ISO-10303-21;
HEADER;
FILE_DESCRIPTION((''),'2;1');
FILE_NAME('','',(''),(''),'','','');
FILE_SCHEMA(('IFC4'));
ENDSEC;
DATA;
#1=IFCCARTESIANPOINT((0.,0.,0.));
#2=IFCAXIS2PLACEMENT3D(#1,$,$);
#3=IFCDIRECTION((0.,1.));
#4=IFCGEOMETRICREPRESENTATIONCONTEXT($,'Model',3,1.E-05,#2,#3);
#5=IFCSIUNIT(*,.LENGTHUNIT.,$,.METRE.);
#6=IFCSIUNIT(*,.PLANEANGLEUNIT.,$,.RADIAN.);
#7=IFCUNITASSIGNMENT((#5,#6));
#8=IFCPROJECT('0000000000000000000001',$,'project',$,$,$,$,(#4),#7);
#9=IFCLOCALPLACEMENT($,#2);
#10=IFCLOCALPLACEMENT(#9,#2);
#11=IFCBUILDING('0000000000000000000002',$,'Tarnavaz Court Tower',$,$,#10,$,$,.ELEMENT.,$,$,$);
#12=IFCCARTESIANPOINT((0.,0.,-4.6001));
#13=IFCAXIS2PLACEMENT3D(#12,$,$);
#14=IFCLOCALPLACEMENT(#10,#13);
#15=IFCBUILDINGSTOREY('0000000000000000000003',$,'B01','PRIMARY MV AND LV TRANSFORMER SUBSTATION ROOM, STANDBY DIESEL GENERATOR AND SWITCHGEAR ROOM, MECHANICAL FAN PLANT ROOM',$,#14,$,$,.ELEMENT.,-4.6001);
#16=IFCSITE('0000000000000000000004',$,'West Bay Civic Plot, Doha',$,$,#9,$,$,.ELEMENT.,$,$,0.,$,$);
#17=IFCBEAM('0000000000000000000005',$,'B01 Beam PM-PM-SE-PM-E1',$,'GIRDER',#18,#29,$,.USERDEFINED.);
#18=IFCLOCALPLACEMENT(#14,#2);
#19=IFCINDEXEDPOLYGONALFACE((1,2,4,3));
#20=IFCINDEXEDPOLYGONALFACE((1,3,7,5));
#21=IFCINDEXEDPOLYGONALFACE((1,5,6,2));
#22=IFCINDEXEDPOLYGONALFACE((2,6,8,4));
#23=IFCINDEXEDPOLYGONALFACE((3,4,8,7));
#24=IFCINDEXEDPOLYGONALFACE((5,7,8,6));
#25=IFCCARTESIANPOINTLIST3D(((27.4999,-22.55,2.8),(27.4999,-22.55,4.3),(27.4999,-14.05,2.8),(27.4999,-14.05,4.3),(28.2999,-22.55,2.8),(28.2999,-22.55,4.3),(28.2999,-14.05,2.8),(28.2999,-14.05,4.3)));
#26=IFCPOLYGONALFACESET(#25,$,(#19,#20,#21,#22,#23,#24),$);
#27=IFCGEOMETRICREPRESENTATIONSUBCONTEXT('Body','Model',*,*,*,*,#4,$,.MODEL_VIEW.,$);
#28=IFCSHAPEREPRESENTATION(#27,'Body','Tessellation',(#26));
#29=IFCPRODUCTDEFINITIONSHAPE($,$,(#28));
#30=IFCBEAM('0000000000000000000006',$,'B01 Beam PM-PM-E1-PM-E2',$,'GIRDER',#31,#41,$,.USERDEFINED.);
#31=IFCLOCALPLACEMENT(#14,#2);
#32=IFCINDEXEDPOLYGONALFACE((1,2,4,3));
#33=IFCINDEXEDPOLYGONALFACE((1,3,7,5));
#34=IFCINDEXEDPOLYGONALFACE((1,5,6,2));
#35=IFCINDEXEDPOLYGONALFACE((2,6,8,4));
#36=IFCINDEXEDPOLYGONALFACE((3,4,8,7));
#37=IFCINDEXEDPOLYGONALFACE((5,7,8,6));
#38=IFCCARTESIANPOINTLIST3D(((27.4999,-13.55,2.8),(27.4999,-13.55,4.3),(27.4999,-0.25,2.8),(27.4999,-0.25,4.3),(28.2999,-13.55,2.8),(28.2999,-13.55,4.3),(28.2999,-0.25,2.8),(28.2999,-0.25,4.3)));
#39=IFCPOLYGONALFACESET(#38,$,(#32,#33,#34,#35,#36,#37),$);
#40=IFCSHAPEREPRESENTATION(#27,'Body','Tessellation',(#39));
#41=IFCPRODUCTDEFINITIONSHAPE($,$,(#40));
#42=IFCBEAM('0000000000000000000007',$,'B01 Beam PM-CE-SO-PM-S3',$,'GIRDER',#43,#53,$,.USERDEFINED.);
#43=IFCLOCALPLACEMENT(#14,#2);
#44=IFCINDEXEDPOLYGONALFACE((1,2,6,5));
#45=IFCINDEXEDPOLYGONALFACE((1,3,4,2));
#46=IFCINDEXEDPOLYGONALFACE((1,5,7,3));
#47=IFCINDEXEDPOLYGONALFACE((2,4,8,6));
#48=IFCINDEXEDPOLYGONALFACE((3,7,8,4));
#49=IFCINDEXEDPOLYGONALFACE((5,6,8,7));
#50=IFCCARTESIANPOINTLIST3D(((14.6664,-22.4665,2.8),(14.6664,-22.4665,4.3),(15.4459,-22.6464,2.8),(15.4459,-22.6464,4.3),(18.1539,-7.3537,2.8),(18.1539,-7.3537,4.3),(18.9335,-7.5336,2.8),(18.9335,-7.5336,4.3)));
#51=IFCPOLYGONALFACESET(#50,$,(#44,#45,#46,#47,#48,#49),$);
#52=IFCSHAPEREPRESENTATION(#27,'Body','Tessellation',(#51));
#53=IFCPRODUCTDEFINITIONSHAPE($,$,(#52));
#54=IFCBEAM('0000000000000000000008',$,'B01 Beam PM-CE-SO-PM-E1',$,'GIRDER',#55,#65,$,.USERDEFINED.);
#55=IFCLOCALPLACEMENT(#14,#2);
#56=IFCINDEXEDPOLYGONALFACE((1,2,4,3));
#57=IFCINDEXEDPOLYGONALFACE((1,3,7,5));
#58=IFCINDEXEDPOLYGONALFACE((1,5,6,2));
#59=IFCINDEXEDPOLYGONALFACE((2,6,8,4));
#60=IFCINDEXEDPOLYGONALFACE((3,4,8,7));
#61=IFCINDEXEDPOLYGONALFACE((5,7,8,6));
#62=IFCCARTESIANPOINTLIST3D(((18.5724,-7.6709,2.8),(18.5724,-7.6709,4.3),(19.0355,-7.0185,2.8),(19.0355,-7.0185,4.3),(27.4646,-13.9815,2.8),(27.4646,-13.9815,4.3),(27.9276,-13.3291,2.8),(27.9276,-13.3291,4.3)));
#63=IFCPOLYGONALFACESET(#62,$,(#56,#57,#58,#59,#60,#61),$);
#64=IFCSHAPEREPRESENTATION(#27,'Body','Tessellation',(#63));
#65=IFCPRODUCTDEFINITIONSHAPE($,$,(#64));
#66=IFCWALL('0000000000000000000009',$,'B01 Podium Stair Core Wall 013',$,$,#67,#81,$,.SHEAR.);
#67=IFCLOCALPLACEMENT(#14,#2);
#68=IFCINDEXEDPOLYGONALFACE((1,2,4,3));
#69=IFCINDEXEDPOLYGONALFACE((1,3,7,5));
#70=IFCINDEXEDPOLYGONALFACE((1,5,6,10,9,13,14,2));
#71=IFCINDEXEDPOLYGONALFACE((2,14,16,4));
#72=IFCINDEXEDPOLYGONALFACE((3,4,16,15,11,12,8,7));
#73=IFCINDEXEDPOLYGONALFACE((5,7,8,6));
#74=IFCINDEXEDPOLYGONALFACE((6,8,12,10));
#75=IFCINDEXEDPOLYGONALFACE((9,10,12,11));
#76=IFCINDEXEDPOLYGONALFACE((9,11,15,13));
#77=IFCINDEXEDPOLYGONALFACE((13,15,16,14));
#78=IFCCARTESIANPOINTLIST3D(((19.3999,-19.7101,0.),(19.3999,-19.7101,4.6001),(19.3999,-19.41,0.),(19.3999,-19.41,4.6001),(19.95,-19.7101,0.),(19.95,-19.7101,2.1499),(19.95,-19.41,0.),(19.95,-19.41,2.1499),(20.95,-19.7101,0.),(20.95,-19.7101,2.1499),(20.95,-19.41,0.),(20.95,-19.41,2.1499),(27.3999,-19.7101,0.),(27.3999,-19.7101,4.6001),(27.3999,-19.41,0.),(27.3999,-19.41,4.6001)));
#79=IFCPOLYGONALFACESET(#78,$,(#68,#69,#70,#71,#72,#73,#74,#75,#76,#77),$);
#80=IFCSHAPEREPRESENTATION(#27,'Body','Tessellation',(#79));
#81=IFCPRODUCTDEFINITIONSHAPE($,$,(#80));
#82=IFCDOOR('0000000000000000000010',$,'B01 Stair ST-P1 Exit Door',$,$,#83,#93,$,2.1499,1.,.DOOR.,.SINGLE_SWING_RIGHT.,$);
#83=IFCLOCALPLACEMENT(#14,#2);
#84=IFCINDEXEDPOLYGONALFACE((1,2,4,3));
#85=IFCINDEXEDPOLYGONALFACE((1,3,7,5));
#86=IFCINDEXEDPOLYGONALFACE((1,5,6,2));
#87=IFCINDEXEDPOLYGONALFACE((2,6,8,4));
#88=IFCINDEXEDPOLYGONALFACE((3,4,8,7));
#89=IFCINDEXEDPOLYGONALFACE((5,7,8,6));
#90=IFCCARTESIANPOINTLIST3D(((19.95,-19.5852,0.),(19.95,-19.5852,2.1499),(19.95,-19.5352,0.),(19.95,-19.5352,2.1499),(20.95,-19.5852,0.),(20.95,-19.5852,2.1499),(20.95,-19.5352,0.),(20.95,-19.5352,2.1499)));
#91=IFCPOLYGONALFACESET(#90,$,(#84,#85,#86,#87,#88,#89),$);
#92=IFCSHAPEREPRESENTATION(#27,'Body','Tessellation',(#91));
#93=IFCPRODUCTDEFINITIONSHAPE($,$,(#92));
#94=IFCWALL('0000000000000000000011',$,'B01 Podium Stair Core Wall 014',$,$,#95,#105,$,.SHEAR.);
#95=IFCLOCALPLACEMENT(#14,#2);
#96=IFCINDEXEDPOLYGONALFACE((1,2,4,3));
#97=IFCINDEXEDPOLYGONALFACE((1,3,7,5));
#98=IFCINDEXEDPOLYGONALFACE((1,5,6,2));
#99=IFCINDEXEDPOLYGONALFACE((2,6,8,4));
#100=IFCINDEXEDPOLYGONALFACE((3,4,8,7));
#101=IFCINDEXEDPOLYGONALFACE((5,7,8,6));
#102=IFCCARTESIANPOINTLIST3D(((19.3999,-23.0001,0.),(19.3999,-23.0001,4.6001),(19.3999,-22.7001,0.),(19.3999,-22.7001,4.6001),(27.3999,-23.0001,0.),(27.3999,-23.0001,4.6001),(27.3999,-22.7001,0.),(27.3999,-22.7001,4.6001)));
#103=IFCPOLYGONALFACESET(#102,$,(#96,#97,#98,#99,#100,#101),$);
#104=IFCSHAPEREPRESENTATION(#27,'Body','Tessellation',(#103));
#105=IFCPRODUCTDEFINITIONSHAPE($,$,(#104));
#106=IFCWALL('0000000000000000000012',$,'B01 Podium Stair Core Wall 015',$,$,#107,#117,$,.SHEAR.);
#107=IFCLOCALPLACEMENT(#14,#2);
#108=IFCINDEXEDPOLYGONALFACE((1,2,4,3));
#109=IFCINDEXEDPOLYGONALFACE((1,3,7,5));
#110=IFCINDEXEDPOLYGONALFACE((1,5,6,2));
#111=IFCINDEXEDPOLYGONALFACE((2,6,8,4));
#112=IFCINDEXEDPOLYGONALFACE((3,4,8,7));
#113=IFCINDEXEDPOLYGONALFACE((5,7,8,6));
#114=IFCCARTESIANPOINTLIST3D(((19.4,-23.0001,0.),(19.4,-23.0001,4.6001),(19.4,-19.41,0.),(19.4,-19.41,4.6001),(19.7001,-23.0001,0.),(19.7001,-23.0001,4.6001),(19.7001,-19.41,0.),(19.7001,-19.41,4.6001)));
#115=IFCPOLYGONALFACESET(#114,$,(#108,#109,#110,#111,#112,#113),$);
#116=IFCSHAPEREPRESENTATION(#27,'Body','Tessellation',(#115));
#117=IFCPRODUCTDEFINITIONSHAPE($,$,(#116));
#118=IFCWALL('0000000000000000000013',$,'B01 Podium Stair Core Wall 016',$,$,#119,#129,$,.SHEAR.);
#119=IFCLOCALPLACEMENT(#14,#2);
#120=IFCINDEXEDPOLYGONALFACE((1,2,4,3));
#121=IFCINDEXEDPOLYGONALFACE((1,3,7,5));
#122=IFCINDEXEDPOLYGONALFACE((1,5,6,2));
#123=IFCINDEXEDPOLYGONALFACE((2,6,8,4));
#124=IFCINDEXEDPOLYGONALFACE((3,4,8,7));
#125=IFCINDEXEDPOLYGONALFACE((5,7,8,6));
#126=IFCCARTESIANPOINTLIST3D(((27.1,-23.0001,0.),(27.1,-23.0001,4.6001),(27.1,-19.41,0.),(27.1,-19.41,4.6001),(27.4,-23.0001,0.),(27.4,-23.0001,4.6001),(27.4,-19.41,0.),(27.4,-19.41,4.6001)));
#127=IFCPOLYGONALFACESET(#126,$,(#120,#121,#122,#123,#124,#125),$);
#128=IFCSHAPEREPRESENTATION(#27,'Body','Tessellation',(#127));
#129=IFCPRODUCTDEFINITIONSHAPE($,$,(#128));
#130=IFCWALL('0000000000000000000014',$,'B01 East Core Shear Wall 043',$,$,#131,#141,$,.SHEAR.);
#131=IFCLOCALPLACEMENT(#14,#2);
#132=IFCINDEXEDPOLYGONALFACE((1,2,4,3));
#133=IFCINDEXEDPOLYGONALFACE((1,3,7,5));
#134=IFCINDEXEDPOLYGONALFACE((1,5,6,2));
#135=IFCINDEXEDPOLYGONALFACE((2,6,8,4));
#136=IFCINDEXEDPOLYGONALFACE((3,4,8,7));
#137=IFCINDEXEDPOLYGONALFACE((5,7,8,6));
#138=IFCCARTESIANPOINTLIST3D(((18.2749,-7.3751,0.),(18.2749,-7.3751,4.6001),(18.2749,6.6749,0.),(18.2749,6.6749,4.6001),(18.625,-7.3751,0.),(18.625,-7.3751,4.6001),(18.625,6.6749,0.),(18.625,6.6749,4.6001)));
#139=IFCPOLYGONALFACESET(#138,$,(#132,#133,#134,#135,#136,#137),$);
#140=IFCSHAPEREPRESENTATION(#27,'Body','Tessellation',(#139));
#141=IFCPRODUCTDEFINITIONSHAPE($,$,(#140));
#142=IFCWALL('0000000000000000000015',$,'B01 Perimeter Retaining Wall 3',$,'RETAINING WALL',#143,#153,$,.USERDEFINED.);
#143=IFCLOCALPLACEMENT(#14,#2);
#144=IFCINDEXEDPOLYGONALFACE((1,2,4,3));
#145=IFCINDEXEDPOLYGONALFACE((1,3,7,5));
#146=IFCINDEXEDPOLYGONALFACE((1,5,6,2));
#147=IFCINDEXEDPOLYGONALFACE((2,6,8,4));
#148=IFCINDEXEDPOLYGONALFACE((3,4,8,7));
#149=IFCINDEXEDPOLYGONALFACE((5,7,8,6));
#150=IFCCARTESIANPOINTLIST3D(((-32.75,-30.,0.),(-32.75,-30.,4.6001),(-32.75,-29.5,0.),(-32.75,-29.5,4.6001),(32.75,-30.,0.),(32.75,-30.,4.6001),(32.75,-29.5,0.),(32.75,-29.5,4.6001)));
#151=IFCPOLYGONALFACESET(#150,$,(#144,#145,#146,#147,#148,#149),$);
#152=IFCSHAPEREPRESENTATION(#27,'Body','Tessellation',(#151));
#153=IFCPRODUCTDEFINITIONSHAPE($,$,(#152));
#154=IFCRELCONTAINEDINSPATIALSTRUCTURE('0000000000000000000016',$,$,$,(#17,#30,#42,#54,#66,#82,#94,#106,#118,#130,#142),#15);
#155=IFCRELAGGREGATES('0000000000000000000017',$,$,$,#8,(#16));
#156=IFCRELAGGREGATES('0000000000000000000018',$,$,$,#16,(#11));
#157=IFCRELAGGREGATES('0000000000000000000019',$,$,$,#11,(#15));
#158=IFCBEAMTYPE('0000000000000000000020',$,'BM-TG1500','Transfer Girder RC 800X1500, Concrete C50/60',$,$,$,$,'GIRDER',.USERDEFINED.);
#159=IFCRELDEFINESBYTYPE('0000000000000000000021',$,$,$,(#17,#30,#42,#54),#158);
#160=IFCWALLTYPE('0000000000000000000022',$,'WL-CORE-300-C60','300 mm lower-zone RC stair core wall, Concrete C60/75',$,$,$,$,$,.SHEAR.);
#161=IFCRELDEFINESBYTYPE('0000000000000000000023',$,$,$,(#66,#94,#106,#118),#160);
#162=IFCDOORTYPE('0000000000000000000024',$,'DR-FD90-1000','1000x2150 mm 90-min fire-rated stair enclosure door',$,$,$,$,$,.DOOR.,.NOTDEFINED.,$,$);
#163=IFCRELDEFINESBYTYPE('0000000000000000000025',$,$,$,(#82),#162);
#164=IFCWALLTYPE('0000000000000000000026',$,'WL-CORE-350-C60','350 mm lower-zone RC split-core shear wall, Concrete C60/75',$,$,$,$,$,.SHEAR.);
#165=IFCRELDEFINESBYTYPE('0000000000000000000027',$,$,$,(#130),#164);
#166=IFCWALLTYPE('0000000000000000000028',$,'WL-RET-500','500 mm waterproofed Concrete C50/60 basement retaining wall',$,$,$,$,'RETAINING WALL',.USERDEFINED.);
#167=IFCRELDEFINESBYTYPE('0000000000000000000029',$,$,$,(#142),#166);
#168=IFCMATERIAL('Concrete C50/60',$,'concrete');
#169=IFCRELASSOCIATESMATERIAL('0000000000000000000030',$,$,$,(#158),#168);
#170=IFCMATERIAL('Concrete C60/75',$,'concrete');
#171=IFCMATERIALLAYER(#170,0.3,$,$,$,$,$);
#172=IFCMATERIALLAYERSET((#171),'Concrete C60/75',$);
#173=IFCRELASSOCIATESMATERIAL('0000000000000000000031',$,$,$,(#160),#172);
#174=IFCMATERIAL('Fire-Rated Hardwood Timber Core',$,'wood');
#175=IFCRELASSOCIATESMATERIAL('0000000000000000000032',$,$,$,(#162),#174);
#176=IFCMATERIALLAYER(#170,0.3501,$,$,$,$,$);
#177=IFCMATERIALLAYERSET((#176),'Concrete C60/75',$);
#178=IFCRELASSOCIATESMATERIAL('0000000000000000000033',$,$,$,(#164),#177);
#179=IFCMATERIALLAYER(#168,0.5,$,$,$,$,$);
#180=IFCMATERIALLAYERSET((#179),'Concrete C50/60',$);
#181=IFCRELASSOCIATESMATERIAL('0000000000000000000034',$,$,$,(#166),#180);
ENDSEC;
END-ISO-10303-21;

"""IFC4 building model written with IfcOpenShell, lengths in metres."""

from ifc_helpers import new_model, si_unit, direction, frame, frame_2d, origin, origin_2d, place, context, subcontext, project, spatial, rectangle, extrude, material, layer, layer_set, material_profile, profile_set, type_object, element, fill, save


model = new_model("IFC4")

# Units and contexts
model_context = context("Model", 3, precision=1e-05, world=origin(), true_north=direction((0.0, 1.0)))
body_context = subcontext(model_context, "Body", "Model", "MODEL_VIEW")
ifc_project = project(units=[si_unit("LENGTHUNIT", "METRE"), si_unit("PLANEANGLEUNIT", "RADIAN")], contexts=[model_context])

# Site, building, storey
site_placement = place(None, origin())
site = spatial("IfcSite", under=ifc_project, at=site_placement, Name="West Bay Civic Plot, Doha", CompositionType="ELEMENT", RefElevation=0.0)
building_placement = place(site_placement, origin())
building = spatial("IfcBuilding", under=site, at=building_placement, Name="Tarnavaz Court Tower", CompositionType="ELEMENT")
storey_placement = place(building_placement, frame((0.0, 0.0, -4.6001)))
storey = spatial("IfcBuildingStorey", under=building, at=storey_placement, Name="B01", Description="PRIMARY MV AND LV TRANSFORMER SUBSTATION ROOM, STANDBY DIESEL GENERATOR AND SWITCHGEAR ROOM, MECHANICAL FAN PLANT ROOM", CompositionType="ELEMENT", Elevation=-4.6001)

# Shared definitions
ifc_material_1 = material(Name="Concrete C60/75", Category="concrete")
ifc_material_2 = material(Name="Concrete C50/60", Category="concrete")

# Beams
ifc_material_profile_1 = material_profile(ifc_material_2, rectangle(XDim=0.8, YDim=1.5, at=origin_2d()), Name="RC 800X1500")
ifc_profile_set_1 = profile_set([ifc_material_profile_1], Name="Concrete C50/60")
beam_type_1 = type_object("IfcBeamType", Name="BM-TG1500", Description="Transfer Girder RC 800X1500, Concrete C50/60", ElementType="GIRDER", PredefinedType="USERDEFINED", material=ifc_profile_set_1)
beam_1_placement = place(storey_placement, frame((27.8999, -22.55, 3.55), z_axis=(0.0, 1.0, 0.0), x_axis=(-1.0, 0.0, 0.0)))
element("IfcBeam", 1, at=beam_1_placement, inside=storey, type_object=beam_type_1, Name="B01 Beam PM-PM-SE-PM-E1", ObjectType="GIRDER", PredefinedType="USERDEFINED", context=body_context, shape_type="SweptSolid", body=[
    extrude(rectangle(XDim=0.8, YDim=1.5, at=origin_2d()), origin(), (0.0, 0.0, 1.0), 8.5),
])
beam_2_placement = place(storey_placement, frame((27.8999, -13.55, 3.55), z_axis=(0.0, 1.0, 0.0), x_axis=(-1.0, 0.0, 0.0)))
element("IfcBeam", 2, at=beam_2_placement, inside=storey, type_object=beam_type_1, Name="B01 Beam PM-PM-E1-PM-E2", ObjectType="GIRDER", PredefinedType="USERDEFINED", context=body_context, shape_type="SweptSolid", body=[
    extrude(rectangle(XDim=0.8, YDim=1.5, at=origin_2d()), origin(), (0.0, 0.0, 1.0), 13.3),
])
beam_3_placement = place(storey_placement, frame((18.5437, -7.4436, 3.55), z_axis=(-0.224858, -0.974391, 0.0), x_axis=(0.974391, -0.224858, 0.0)))
element("IfcBeam", 3, at=beam_3_placement, inside=storey, type_object=beam_type_1, Name="B01 Beam PM-CE-SO-PM-S3", ObjectType="GIRDER", PredefinedType="USERDEFINED", context=body_context, shape_type="SweptSolid", body=[
    extrude(rectangle(XDim=0.8, YDim=1.5, at=origin_2d()), origin(), (0.0, 0.0, 1.0), 15.51),
])
beam_4_placement = place(storey_placement, frame((18.804, -7.3447, 3.55), z_axis=(0.815506, -0.578749, 0.0), x_axis=(0.578749, 0.815506, 0.0)))
element("IfcBeam", 4, at=beam_4_placement, inside=storey, type_object=beam_type_1, Name="B01 Beam PM-CE-SO-PM-E1", ObjectType="GIRDER", PredefinedType="USERDEFINED", context=body_context, shape_type="SweptSolid", body=[
    extrude(rectangle(XDim=0.8, YDim=1.5, at=origin_2d()), origin(), (0.0, 0.0, 1.0), 10.9038),
])

# Wall, opening, door
ifc_layer_1 = layer(ifc_material_1, 0.3)
ifc_layer_set_1 = layer_set([ifc_layer_1], Name="Concrete C60/75")
wall_type_1 = type_object("IfcWallType", Name="WL-CORE-300-C60", Description="300 mm lower-zone RC stair core wall, Concrete C60/75", PredefinedType="SHEAR", material=ifc_layer_set_1)
wall_1_placement = place(storey_placement, frame((19.3999, -19.5601, 0.0), z_axis=(0.0, 0.0, 1.0), x_axis=(1.0, 0.0, 0.0)))
wall_1 = element("IfcWall", 5, at=wall_1_placement, inside=storey, type_object=wall_type_1, Name="B01 Podium Stair Core Wall 013", PredefinedType="SHEAR", context=body_context, shape_type="SweptSolid", body=[
    extrude(rectangle(XDim=8.0, YDim=0.3, at=frame_2d((4.0, 0.0))), origin(), (0.0, 0.0, 1.0), 4.6001),
])
opening_placement = place(wall_1_placement, frame((0.55, 0.0, 0.0)))
opening = element("IfcOpeningElement", 6, at=opening_placement, cuts=wall_1, PredefinedType="OPENING", context=body_context, shape_type="SweptSolid", body=[
    extrude(rectangle(XDim=1.0, YDim=2.1499, at=frame_2d((0.5, 1.075))), frame((0.0, 0.1599, 0.0), z_axis=(0.0, -1.0, 0.0), x_axis=(1.0, 0.0, 0.0)), (0.0, 0.0, 1.0), 0.3201),
])
ifc_material_3 = material(Name="Fire-Rated Hardwood Timber Core", Category="wood")
door_type = type_object("IfcDoorType", Name="DR-FD90-1000", Description="1000x2150 mm 90-min fire-rated stair enclosure door", OperationType="NOTDEFINED", PredefinedType="DOOR", material=ifc_material_3)
door_placement = place(opening_placement, origin())
door = element("IfcDoor", 7, at=door_placement, inside=storey, type_object=door_type, Name="B01 Stair ST-P1 Exit Door", OperationType="SINGLE_SWING_RIGHT", OverallHeight=2.1499, OverallWidth=1.0, PredefinedType="DOOR", context=body_context, shape_type="SweptSolid", body=[
    extrude(rectangle(XDim=1.0, YDim=2.1499, at=frame_2d((0.5, 1.075))), frame((0.0, 0.0249, 0.0), z_axis=(0.0, -1.0, 0.0), x_axis=(1.0, 0.0, 0.0)), (0.0, 0.0, 1.0), 0.05),
])
fill(opening, door)

# Walls
wall_2_placement = place(storey_placement, frame((19.3999, -22.8501, 0.0), z_axis=(0.0, 0.0, 1.0), x_axis=(1.0, 0.0, 0.0)))
element("IfcWall", 8, at=wall_2_placement, inside=storey, type_object=wall_type_1, Name="B01 Podium Stair Core Wall 014", PredefinedType="SHEAR", context=body_context, shape_type="SweptSolid", body=[
    extrude(rectangle(XDim=8.0, YDim=0.3, at=frame_2d((4.0, 0.0))), origin(), (0.0, 0.0, 1.0), 4.6001),
])
for number, where, z_axis, x_axis, name in (
    (9, (19.55, -23.0, 0.0), (0.0, 0.0, 1.0), (0.0, 1.0, 0.0), "B01 Podium Stair Core Wall 015"),
    (10, (27.25, -23.0, 0.0), (0.0, 0.0, 1.0), (0.0, 1.0, 0.0), "B01 Podium Stair Core Wall 016"),
):
    element("IfcWall", number, at=place(storey_placement, frame(where, z_axis=z_axis, x_axis=x_axis)), inside=storey, type_object=wall_type_1, Name=name, PredefinedType="SHEAR", context=body_context, shape_type="SweptSolid", body=[
        extrude(rectangle(XDim=3.5901, YDim=0.3, at=frame_2d((1.7949, 0.0))), origin(), (0.0, 0.0, 1.0), 4.6001),
    ])
ifc_layer_2 = layer(ifc_material_1, 0.3501)
ifc_layer_set_2 = layer_set([ifc_layer_2], Name="Concrete C60/75")
wall_type_2 = type_object("IfcWallType", Name="WL-CORE-350-C60", Description="350 mm lower-zone RC split-core shear wall, Concrete C60/75", PredefinedType="SHEAR", material=ifc_layer_set_2)
wall_3_placement = place(storey_placement, frame((18.45, -7.375, 0.0), z_axis=(0.0, 0.0, 1.0), x_axis=(0.0, 1.0, 0.0)))
element("IfcWall", 11, at=wall_3_placement, inside=storey, type_object=wall_type_2, Name="B01 East Core Shear Wall 043", PredefinedType="SHEAR", context=body_context, shape_type="SweptSolid", body=[
    extrude(rectangle(XDim=14.05, YDim=0.3501, at=frame_2d((7.0249, 0.0))), origin(), (0.0, 0.0, 1.0), 4.6001),
])
ifc_layer_3 = layer(ifc_material_2, 0.5)
ifc_layer_set_3 = layer_set([ifc_layer_3], Name="Concrete C50/60")
wall_type_3 = type_object("IfcWallType", Name="WL-RET-500", Description="500 mm waterproofed Concrete C50/60 basement retaining wall", ElementType="RETAINING WALL", PredefinedType="USERDEFINED", material=ifc_layer_set_3)
wall_4_placement = place(storey_placement, frame((32.75, -29.75, 0.0), z_axis=(0.0, 0.0, 1.0), x_axis=(-1.0, 0.0, 0.0)))
element("IfcWall", 12, at=wall_4_placement, inside=storey, type_object=wall_type_3, Name="B01 Perimeter Retaining Wall 3", ObjectType="RETAINING WALL", PredefinedType="USERDEFINED", context=body_context, shape_type="SweptSolid", body=[
    extrude(rectangle(XDim=65.5, YDim=0.5, at=frame_2d((32.75, 0.0))), origin(), (0.0, 0.0, 1.0), 4.6001),
])

save(model, "model.ifc")
